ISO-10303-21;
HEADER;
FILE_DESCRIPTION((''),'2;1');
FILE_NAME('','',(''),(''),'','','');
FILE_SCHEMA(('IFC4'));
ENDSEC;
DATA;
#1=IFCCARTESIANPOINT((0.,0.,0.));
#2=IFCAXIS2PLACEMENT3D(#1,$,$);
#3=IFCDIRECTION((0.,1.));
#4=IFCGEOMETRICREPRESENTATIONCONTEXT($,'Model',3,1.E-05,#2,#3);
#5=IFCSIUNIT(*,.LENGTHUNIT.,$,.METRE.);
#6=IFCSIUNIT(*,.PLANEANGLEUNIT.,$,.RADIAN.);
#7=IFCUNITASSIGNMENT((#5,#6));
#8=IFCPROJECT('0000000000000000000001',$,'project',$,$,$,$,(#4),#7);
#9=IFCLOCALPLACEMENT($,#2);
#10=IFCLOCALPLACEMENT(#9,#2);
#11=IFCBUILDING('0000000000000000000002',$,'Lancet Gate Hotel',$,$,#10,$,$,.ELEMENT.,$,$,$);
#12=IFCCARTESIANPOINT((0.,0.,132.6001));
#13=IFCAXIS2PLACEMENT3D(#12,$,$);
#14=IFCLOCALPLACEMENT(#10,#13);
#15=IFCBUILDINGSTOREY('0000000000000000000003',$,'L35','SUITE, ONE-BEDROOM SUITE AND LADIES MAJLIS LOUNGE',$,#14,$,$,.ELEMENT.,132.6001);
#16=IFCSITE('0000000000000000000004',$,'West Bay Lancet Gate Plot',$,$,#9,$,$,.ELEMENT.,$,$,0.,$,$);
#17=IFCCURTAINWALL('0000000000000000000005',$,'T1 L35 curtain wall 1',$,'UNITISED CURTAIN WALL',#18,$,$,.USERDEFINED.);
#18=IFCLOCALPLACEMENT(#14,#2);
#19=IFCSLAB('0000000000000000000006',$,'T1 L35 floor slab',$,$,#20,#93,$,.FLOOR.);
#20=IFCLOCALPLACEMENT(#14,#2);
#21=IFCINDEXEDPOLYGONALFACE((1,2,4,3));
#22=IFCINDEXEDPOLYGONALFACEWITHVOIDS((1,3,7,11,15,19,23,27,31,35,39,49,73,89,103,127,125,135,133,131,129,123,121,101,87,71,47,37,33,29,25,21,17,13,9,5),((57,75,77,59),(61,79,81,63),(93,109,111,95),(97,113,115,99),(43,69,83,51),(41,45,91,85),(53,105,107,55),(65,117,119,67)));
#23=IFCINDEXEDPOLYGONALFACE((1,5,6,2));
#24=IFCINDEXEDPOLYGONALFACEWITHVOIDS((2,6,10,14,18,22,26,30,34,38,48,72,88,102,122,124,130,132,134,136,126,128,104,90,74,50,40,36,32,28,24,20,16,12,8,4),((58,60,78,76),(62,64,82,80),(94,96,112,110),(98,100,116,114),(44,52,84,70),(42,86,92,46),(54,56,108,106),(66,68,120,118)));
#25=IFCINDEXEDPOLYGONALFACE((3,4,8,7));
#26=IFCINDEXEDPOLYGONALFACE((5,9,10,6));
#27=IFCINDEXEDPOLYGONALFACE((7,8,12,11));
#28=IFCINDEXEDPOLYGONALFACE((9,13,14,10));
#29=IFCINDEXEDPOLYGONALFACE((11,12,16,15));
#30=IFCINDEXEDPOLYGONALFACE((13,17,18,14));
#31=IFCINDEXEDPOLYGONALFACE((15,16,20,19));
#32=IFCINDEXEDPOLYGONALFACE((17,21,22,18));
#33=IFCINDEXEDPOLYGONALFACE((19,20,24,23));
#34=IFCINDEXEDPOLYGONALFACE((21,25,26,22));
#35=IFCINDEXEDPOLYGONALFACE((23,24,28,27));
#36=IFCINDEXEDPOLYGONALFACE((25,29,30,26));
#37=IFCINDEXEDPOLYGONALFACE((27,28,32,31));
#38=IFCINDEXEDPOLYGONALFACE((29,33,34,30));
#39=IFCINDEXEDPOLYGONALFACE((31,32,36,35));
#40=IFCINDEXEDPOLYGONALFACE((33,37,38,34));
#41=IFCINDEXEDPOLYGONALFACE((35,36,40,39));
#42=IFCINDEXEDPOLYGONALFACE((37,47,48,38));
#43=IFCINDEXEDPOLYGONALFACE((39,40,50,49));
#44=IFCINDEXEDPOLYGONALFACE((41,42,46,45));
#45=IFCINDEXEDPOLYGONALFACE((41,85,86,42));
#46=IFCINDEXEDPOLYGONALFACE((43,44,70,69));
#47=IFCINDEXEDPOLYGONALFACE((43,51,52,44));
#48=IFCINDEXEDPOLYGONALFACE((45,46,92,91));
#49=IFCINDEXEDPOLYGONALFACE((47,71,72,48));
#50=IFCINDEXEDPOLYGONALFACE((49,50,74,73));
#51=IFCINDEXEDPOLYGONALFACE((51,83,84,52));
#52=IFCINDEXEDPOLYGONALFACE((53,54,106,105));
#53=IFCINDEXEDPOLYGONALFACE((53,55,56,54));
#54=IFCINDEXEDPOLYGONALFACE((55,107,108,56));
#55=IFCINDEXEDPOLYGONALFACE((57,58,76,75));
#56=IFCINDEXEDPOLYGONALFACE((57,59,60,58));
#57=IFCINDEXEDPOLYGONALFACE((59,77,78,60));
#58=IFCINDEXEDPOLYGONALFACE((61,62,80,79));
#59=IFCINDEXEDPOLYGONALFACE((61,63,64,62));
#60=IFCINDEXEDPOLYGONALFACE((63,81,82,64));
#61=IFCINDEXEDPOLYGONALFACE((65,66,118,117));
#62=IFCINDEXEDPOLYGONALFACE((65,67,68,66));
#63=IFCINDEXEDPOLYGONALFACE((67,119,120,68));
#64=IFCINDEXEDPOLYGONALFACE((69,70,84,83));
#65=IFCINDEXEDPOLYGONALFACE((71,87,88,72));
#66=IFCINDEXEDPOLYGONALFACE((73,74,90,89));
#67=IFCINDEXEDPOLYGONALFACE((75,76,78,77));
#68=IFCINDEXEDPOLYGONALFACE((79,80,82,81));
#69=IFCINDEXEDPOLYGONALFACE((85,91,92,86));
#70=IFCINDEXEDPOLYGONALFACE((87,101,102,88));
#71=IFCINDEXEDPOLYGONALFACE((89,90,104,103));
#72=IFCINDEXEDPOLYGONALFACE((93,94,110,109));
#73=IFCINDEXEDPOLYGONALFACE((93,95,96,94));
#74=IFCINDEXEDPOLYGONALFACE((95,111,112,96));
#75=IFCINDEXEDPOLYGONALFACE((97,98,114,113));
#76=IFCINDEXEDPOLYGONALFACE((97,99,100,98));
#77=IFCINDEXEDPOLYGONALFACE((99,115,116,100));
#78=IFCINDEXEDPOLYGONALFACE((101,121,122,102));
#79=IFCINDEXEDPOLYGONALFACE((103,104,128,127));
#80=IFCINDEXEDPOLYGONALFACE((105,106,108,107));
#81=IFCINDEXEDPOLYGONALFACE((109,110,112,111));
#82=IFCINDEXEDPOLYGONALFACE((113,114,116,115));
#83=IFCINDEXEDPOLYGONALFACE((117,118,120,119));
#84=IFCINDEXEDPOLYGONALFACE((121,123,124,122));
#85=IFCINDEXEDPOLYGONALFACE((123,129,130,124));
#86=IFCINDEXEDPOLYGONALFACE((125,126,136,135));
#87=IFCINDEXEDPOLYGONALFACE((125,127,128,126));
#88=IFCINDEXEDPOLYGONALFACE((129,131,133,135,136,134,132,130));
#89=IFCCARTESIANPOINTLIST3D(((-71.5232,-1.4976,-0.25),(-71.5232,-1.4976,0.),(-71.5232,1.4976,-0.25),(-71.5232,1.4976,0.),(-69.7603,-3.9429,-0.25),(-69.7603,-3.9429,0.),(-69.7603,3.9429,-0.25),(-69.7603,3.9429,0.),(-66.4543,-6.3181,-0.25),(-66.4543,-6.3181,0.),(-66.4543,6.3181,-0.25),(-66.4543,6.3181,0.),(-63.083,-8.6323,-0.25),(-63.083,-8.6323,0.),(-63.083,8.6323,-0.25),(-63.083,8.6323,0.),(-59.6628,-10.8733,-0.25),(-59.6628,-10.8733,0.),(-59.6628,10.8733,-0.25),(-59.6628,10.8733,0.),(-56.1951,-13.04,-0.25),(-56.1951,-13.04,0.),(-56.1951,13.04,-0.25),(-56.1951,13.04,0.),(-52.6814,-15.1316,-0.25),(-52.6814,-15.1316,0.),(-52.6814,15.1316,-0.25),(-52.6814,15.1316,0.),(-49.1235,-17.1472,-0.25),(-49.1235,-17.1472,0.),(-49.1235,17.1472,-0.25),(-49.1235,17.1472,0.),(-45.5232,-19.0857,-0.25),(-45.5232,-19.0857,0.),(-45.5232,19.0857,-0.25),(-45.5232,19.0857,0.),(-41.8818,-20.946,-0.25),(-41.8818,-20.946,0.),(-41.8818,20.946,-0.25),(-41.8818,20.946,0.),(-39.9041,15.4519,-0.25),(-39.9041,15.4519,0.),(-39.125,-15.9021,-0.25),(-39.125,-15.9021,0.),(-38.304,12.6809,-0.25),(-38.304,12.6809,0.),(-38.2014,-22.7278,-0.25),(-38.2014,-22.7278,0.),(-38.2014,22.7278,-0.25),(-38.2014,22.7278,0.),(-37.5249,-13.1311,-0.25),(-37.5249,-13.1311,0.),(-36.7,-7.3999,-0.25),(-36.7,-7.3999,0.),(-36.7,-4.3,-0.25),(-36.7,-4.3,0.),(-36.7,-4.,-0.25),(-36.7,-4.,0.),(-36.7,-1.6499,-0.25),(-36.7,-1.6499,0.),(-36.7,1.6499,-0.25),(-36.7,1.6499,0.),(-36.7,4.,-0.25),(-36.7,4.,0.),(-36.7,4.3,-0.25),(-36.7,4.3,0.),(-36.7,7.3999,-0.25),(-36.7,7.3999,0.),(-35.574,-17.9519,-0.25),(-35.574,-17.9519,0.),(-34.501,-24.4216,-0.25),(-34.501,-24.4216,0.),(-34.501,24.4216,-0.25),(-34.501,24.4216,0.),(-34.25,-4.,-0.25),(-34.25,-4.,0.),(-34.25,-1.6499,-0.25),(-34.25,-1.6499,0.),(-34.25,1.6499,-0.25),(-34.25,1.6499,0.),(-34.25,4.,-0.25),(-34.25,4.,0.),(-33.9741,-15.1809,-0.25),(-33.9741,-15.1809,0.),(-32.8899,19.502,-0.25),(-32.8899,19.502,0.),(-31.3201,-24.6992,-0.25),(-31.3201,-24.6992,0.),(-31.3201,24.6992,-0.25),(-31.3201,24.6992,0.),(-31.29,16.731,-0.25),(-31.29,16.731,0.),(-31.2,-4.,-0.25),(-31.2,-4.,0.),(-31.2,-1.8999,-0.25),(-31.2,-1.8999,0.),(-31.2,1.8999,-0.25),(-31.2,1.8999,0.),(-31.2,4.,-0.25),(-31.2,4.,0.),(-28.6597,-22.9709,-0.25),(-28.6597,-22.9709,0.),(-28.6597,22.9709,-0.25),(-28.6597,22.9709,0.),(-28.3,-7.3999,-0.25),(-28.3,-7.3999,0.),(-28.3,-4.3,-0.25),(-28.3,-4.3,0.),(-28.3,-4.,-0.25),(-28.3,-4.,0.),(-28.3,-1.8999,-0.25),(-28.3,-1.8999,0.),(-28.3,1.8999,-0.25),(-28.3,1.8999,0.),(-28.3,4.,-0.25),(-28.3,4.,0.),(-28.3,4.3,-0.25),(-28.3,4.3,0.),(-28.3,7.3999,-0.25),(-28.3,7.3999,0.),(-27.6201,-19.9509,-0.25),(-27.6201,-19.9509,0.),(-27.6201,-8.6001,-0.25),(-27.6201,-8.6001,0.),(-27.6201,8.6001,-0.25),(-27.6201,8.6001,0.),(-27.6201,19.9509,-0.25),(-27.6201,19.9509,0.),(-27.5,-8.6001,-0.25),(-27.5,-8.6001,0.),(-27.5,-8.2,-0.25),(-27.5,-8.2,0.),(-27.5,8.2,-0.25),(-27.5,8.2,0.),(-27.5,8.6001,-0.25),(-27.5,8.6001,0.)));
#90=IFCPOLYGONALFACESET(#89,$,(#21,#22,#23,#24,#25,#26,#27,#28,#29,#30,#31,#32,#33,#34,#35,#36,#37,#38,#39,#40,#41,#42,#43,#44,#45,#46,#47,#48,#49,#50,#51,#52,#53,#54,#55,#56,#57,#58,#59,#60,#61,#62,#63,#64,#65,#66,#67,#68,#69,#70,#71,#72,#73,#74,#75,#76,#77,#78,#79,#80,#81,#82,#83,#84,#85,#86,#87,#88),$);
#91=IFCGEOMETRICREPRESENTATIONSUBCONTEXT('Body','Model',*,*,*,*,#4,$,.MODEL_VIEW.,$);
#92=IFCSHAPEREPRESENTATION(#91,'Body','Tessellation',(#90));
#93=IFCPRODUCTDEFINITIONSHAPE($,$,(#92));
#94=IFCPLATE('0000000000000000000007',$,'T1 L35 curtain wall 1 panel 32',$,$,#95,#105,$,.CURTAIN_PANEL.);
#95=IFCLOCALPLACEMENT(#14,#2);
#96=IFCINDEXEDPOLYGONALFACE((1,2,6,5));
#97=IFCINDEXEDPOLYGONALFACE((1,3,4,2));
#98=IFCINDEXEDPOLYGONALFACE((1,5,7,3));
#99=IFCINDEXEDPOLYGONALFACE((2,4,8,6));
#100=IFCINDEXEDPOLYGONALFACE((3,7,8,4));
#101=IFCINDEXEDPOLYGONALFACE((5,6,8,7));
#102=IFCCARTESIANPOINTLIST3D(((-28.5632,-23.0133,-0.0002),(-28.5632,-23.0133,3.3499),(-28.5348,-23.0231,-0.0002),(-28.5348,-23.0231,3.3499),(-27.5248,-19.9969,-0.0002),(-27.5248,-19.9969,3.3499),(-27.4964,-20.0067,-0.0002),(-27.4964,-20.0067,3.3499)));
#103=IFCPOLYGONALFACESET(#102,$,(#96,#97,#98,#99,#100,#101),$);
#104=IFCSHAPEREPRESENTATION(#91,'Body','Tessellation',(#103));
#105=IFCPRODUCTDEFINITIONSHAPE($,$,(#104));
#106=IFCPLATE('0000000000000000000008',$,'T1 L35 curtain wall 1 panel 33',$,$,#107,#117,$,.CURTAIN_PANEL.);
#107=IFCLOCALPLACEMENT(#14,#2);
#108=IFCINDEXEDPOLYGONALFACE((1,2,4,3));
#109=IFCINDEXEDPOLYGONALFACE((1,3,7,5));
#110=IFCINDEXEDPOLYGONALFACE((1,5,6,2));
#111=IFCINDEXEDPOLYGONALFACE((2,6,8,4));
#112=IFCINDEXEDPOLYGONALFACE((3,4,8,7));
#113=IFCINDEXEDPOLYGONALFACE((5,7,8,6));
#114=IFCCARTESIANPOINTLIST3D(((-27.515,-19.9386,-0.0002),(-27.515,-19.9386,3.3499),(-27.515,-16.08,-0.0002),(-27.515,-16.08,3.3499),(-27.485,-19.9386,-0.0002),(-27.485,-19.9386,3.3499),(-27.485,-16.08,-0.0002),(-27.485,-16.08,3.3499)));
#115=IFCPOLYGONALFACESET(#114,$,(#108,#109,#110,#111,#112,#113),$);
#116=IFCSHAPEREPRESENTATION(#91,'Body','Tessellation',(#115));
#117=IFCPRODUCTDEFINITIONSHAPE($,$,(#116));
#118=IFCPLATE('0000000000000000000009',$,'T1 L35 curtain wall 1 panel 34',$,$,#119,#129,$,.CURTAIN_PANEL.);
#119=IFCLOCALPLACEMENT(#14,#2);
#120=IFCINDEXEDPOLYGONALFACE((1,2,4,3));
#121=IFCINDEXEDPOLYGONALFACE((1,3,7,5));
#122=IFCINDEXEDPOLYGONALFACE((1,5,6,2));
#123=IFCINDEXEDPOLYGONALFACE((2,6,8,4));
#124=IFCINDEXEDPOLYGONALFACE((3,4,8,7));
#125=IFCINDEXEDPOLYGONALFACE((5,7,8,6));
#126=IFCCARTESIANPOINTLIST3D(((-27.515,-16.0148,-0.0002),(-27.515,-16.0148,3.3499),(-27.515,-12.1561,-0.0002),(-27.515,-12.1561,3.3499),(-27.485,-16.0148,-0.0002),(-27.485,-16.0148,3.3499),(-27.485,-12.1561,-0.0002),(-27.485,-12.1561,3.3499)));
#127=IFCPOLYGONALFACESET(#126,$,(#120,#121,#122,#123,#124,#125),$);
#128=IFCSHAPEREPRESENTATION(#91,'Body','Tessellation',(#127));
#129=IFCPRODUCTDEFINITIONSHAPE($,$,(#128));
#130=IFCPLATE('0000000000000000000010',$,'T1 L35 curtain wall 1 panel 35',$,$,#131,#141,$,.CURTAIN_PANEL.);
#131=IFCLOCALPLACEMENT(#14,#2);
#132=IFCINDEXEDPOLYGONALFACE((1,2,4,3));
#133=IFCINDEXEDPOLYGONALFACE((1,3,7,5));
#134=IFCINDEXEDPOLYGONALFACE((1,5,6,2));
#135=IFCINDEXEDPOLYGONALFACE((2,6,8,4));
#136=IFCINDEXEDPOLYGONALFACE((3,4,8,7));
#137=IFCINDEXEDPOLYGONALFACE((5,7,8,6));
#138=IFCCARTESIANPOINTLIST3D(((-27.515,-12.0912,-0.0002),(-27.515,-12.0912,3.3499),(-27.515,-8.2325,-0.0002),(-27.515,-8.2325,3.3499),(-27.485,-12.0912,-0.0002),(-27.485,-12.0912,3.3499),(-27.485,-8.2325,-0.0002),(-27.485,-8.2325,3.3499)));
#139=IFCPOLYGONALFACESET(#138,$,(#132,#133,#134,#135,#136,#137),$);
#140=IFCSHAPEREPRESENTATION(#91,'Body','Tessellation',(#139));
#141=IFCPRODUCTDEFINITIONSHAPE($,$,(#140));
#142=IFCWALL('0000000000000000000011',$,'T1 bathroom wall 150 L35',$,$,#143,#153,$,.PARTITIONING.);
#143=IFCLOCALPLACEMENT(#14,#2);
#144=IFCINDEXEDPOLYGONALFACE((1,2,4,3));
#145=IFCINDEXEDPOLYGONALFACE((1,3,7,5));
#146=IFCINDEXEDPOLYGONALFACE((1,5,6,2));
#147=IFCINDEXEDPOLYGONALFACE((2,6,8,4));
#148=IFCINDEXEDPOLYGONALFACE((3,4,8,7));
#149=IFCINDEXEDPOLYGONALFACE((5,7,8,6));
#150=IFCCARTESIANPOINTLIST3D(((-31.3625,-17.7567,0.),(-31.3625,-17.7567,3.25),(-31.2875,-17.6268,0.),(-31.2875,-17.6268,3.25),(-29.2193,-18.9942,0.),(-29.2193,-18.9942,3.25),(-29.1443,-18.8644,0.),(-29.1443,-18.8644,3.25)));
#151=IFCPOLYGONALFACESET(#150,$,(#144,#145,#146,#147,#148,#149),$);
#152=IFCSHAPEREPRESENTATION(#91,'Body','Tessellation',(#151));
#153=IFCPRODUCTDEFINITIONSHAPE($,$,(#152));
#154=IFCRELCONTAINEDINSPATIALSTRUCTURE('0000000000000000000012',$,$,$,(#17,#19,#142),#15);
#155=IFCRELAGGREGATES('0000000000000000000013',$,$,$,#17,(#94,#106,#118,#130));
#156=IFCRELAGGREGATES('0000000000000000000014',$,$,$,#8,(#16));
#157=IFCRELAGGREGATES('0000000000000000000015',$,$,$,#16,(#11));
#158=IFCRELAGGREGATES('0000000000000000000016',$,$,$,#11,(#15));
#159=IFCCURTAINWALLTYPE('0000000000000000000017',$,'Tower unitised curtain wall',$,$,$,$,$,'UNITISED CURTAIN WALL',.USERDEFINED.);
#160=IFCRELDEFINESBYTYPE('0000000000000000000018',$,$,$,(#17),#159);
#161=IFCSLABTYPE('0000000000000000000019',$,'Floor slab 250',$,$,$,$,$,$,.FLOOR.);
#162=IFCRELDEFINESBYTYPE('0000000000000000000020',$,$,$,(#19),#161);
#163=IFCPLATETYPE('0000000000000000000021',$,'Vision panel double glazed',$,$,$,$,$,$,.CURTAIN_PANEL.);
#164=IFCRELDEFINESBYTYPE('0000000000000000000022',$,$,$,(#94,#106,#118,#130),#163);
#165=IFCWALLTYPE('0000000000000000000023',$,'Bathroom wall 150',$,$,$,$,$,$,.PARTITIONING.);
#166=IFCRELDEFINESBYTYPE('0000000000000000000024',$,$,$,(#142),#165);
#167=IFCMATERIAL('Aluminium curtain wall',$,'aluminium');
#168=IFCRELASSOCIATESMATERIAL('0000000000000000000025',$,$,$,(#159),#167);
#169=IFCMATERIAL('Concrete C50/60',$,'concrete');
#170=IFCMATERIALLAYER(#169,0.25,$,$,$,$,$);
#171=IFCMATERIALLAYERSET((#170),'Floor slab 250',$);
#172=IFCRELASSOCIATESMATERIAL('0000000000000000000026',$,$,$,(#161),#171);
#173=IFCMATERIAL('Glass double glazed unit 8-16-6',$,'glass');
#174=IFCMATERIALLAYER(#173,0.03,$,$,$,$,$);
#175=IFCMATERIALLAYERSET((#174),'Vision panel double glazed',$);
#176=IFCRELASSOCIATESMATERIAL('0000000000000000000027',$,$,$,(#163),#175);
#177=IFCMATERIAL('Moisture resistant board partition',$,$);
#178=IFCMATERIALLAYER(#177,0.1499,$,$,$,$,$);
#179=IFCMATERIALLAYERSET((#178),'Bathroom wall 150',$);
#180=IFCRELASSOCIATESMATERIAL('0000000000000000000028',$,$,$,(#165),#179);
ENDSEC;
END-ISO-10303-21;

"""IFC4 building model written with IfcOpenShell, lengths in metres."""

from ifc_helpers import new_model, si_unit, direction, frame, frame_2d, origin, origin_2d, place, context, subcontext, project, spatial, polyline, rectangle, outline, extrude, material, layer, layer_set, type_object, element, aggregate, save


model = new_model("IFC4")

# Units and contexts
model_context = context("Model", 3, precision=1e-05, world=origin(), true_north=direction((0.0, 1.0)))
body_context = subcontext(model_context, "Body", "Model", "MODEL_VIEW")
ifc_project = project(units=[si_unit("LENGTHUNIT", "METRE"), si_unit("PLANEANGLEUNIT", "RADIAN")], contexts=[model_context])

# Site, building, storey
site_placement = place(None, origin())
site = spatial("IfcSite", under=ifc_project, at=site_placement, Name="West Bay Lancet Gate Plot", CompositionType="ELEMENT", RefElevation=0.0)
building_placement = place(site_placement, origin())
building = spatial("IfcBuilding", under=site, at=building_placement, Name="Lancet Gate Hotel", CompositionType="ELEMENT")
storey_placement = place(building_placement, frame((0.0, 0.0, 132.6001)))
storey = spatial("IfcBuildingStorey", under=building, at=storey_placement, Name="L35", Description="SUITE, ONE-BEDROOM SUITE AND LADIES MAJLIS LOUNGE", CompositionType="ELEMENT", Elevation=132.6001)

# Curtain wall
ifc_material_1 = material(Name="Aluminium curtain wall", Category="aluminium")
curtain_wall_type = type_object("IfcCurtainWallType", Name="Tower unitised curtain wall", ElementType="UNITISED CURTAIN WALL", PredefinedType="USERDEFINED", material=ifc_material_1)
curtain_wall_placement = place(storey_placement, origin())
curtain_wall = element("IfcCurtainWall", 1, at=curtain_wall_placement, inside=storey, type_object=curtain_wall_type, Name="T1 L35 curtain wall 1", ObjectType="UNITISED CURTAIN WALL", PredefinedType="USERDEFINED")

# Slab
ifc_material_2 = material(Name="Concrete C50/60", Category="concrete")
ifc_layer_1 = layer(ifc_material_2, 0.25)
ifc_layer_set_1 = layer_set([ifc_layer_1], Name="Floor slab 250")
slab_type = type_object("IfcSlabType", Name="Floor slab 250", PredefinedType="FLOOR", material=ifc_layer_set_1)
slab_placement = place(storey_placement, frame((0.0, 0.0, -0.25)))
element("IfcSlab", 2, at=slab_placement, inside=storey, type_object=slab_type, Name="T1 L35 floor slab", PredefinedType="FLOOR", context=body_context, shape_type="SweptSolid", body=[
    extrude(outline(polyline([(-27.5, 8.6001), (-27.6201, 8.6001), (-27.6201, 19.9509), (-28.6597, 22.9709), (-31.3201, 24.6992), (-34.501, 24.4216), (-38.2014, 22.7278), (-41.8818, 20.946), (-45.5232, 19.0857), (-49.1235, 17.1472), (-52.6814, 15.1316), (-56.1951, 13.04), (-59.6628, 10.8733), (-63.083, 8.6323), (-66.4543, 6.3181), (-69.7603, 3.9429), (-71.5232, 1.4976), (-71.5232, -1.4976), (-69.7603, -3.9429), (-66.4543, -6.3181), (-63.083, -8.6323), (-59.6628, -10.8733), (-56.1951, -13.04), (-52.6814, -15.1316), (-49.1235, -17.1472), (-45.5232, -19.0857), (-41.8818, -20.946), (-38.2014, -22.7278), (-34.501, -24.4216), (-31.3201, -24.6992), (-28.6597, -22.9709), (-27.6201, -19.9509), (-27.6201, -8.6001), (-27.5, -8.6001), (-27.5, -8.2), (-27.5, 8.2), (-27.5, 8.6001)]), holes=[polyline([(-36.7, 7.3999), (-36.7, 4.3), (-28.3, 4.3), (-28.3, 7.3999), (-36.7, 7.3999)]), polyline([(-28.3, 4.0), (-31.2, 4.0), (-31.2, 1.8999), (-28.3, 1.8999), (-28.3, 4.0)]), polyline([(-34.25, 4.0), (-36.7, 4.0), (-36.7, 1.6499), (-34.25, 1.6499), (-34.25, 4.0)]), polyline([(-36.7, -1.6499), (-36.7, -4.0), (-34.25, -4.0), (-34.25, -1.6499), (-36.7, -1.6499)]), polyline([(-28.3, -1.8999), (-31.2, -1.8999), (-31.2, -4.0), (-28.3, -4.0), (-28.3, -1.8999)]), polyline([(-28.3, -4.3), (-36.7, -4.3), (-36.7, -7.3999), (-28.3, -7.3999), (-28.3, -4.3)]), polyline([(-31.29, 16.731), (-32.8899, 19.502), (-39.9041, 15.4519), (-38.304, 12.6809), (-31.29, 16.731)]), polyline([(-33.9741, -15.1809), (-37.5249, -13.1311), (-39.125, -15.9021), (-35.574, -17.9519), (-33.9741, -15.1809)])]), origin(), (0.0, 0.0, 1.0), 0.25),
])

# Plates
ifc_material_3 = material(Name="Glass double glazed unit 8-16-6", Category="glass")
ifc_layer_2 = layer(ifc_material_3, 0.03)
ifc_layer_set_2 = layer_set([ifc_layer_2], Name="Vision panel double glazed")
plate_type = type_object("IfcPlateType", Name="Vision panel double glazed", PredefinedType="CURTAIN_PANEL", material=ifc_layer_set_2)
plate_1_placement = place(storey_placement, frame((-28.0298, -21.51, -0.0002), z_axis=(0.0, 0.0, 1.0), x_axis=(0.325516, 0.945537, 0.0)))
plate_1 = element("IfcPlate", 3, at=plate_1_placement, type_object=plate_type, Name="T1 L35 curtain wall 1 panel 32", PredefinedType="CURTAIN_PANEL", context=body_context, shape_type="SweptSolid", body=[
    extrude(rectangle(XDim=3.1902, YDim=0.03, at=origin_2d()), origin(), (0.0, 0.0, 1.0), 3.3501),
])
plate_2_placement = place(storey_placement, frame((-27.5, -18.0093, -0.0002), z_axis=(0.0, 0.0, 1.0), x_axis=(0.0, 1.0, 0.0)))
plate_2 = element("IfcPlate", 4, at=plate_2_placement, type_object=plate_type, Name="T1 L35 curtain wall 1 panel 33", PredefinedType="CURTAIN_PANEL", context=body_context, shape_type="SweptSolid", body=[
    extrude(rectangle(XDim=3.8586, YDim=0.03, at=origin_2d()), origin(), (0.0, 0.0, 1.0), 3.3501),
])
plate_3_placement = place(storey_placement, frame((-27.5, -14.0854, -0.0002), z_axis=(0.0, 0.0, 1.0), x_axis=(0.0, 1.0, 0.0)))
plate_3 = element("IfcPlate", 5, at=plate_3_placement, type_object=plate_type, Name="T1 L35 curtain wall 1 panel 34", PredefinedType="CURTAIN_PANEL", context=body_context, shape_type="SweptSolid", body=[
    extrude(rectangle(XDim=3.8586, YDim=0.03, at=origin_2d()), origin(), (0.0, 0.0, 1.0), 3.3501),
])
plate_4_placement = place(storey_placement, frame((-27.5, -10.1619, -0.0002), z_axis=(0.0, 0.0, 1.0), x_axis=(0.0, 1.0, 0.0)))
plate_4 = element("IfcPlate", 6, at=plate_4_placement, type_object=plate_type, Name="T1 L35 curtain wall 1 panel 35", PredefinedType="CURTAIN_PANEL", context=body_context, shape_type="SweptSolid", body=[
    extrude(rectangle(XDim=3.8586, YDim=0.03, at=origin_2d()), origin(), (0.0, 0.0, 1.0), 3.3501),
])
aggregate(curtain_wall, [plate_1, plate_2, plate_3, plate_4])

# Wall
ifc_material_4 = material(Name="Moisture resistant board partition")
ifc_layer_3 = layer(ifc_material_4, 0.1499)
ifc_layer_set_3 = layer_set([ifc_layer_3], Name="Bathroom wall 150")
wall_type_1 = type_object("IfcWallType", Name="Bathroom wall 150", PredefinedType="PARTITIONING", material=ifc_layer_set_3)
wall_1_placement = place(storey_placement, frame((-29.1819, -18.9292, 0.0), z_axis=(0.0, 0.0, 1.0), x_axis=(-0.866007, 0.500033, 0.0)))
element("IfcWall", 7, at=wall_1_placement, inside=storey, type_object=wall_type_1, Name="T1 bathroom wall 150 L35", PredefinedType="PARTITIONING", context=body_context, shape_type="SweptSolid", body=[
    extrude(rectangle(XDim=2.4749, YDim=0.1499, at=frame_2d((1.2373, 0.0))), origin(), (0.0, 0.0, 1.0), 3.25),
])

save(model, "model.ifc")
